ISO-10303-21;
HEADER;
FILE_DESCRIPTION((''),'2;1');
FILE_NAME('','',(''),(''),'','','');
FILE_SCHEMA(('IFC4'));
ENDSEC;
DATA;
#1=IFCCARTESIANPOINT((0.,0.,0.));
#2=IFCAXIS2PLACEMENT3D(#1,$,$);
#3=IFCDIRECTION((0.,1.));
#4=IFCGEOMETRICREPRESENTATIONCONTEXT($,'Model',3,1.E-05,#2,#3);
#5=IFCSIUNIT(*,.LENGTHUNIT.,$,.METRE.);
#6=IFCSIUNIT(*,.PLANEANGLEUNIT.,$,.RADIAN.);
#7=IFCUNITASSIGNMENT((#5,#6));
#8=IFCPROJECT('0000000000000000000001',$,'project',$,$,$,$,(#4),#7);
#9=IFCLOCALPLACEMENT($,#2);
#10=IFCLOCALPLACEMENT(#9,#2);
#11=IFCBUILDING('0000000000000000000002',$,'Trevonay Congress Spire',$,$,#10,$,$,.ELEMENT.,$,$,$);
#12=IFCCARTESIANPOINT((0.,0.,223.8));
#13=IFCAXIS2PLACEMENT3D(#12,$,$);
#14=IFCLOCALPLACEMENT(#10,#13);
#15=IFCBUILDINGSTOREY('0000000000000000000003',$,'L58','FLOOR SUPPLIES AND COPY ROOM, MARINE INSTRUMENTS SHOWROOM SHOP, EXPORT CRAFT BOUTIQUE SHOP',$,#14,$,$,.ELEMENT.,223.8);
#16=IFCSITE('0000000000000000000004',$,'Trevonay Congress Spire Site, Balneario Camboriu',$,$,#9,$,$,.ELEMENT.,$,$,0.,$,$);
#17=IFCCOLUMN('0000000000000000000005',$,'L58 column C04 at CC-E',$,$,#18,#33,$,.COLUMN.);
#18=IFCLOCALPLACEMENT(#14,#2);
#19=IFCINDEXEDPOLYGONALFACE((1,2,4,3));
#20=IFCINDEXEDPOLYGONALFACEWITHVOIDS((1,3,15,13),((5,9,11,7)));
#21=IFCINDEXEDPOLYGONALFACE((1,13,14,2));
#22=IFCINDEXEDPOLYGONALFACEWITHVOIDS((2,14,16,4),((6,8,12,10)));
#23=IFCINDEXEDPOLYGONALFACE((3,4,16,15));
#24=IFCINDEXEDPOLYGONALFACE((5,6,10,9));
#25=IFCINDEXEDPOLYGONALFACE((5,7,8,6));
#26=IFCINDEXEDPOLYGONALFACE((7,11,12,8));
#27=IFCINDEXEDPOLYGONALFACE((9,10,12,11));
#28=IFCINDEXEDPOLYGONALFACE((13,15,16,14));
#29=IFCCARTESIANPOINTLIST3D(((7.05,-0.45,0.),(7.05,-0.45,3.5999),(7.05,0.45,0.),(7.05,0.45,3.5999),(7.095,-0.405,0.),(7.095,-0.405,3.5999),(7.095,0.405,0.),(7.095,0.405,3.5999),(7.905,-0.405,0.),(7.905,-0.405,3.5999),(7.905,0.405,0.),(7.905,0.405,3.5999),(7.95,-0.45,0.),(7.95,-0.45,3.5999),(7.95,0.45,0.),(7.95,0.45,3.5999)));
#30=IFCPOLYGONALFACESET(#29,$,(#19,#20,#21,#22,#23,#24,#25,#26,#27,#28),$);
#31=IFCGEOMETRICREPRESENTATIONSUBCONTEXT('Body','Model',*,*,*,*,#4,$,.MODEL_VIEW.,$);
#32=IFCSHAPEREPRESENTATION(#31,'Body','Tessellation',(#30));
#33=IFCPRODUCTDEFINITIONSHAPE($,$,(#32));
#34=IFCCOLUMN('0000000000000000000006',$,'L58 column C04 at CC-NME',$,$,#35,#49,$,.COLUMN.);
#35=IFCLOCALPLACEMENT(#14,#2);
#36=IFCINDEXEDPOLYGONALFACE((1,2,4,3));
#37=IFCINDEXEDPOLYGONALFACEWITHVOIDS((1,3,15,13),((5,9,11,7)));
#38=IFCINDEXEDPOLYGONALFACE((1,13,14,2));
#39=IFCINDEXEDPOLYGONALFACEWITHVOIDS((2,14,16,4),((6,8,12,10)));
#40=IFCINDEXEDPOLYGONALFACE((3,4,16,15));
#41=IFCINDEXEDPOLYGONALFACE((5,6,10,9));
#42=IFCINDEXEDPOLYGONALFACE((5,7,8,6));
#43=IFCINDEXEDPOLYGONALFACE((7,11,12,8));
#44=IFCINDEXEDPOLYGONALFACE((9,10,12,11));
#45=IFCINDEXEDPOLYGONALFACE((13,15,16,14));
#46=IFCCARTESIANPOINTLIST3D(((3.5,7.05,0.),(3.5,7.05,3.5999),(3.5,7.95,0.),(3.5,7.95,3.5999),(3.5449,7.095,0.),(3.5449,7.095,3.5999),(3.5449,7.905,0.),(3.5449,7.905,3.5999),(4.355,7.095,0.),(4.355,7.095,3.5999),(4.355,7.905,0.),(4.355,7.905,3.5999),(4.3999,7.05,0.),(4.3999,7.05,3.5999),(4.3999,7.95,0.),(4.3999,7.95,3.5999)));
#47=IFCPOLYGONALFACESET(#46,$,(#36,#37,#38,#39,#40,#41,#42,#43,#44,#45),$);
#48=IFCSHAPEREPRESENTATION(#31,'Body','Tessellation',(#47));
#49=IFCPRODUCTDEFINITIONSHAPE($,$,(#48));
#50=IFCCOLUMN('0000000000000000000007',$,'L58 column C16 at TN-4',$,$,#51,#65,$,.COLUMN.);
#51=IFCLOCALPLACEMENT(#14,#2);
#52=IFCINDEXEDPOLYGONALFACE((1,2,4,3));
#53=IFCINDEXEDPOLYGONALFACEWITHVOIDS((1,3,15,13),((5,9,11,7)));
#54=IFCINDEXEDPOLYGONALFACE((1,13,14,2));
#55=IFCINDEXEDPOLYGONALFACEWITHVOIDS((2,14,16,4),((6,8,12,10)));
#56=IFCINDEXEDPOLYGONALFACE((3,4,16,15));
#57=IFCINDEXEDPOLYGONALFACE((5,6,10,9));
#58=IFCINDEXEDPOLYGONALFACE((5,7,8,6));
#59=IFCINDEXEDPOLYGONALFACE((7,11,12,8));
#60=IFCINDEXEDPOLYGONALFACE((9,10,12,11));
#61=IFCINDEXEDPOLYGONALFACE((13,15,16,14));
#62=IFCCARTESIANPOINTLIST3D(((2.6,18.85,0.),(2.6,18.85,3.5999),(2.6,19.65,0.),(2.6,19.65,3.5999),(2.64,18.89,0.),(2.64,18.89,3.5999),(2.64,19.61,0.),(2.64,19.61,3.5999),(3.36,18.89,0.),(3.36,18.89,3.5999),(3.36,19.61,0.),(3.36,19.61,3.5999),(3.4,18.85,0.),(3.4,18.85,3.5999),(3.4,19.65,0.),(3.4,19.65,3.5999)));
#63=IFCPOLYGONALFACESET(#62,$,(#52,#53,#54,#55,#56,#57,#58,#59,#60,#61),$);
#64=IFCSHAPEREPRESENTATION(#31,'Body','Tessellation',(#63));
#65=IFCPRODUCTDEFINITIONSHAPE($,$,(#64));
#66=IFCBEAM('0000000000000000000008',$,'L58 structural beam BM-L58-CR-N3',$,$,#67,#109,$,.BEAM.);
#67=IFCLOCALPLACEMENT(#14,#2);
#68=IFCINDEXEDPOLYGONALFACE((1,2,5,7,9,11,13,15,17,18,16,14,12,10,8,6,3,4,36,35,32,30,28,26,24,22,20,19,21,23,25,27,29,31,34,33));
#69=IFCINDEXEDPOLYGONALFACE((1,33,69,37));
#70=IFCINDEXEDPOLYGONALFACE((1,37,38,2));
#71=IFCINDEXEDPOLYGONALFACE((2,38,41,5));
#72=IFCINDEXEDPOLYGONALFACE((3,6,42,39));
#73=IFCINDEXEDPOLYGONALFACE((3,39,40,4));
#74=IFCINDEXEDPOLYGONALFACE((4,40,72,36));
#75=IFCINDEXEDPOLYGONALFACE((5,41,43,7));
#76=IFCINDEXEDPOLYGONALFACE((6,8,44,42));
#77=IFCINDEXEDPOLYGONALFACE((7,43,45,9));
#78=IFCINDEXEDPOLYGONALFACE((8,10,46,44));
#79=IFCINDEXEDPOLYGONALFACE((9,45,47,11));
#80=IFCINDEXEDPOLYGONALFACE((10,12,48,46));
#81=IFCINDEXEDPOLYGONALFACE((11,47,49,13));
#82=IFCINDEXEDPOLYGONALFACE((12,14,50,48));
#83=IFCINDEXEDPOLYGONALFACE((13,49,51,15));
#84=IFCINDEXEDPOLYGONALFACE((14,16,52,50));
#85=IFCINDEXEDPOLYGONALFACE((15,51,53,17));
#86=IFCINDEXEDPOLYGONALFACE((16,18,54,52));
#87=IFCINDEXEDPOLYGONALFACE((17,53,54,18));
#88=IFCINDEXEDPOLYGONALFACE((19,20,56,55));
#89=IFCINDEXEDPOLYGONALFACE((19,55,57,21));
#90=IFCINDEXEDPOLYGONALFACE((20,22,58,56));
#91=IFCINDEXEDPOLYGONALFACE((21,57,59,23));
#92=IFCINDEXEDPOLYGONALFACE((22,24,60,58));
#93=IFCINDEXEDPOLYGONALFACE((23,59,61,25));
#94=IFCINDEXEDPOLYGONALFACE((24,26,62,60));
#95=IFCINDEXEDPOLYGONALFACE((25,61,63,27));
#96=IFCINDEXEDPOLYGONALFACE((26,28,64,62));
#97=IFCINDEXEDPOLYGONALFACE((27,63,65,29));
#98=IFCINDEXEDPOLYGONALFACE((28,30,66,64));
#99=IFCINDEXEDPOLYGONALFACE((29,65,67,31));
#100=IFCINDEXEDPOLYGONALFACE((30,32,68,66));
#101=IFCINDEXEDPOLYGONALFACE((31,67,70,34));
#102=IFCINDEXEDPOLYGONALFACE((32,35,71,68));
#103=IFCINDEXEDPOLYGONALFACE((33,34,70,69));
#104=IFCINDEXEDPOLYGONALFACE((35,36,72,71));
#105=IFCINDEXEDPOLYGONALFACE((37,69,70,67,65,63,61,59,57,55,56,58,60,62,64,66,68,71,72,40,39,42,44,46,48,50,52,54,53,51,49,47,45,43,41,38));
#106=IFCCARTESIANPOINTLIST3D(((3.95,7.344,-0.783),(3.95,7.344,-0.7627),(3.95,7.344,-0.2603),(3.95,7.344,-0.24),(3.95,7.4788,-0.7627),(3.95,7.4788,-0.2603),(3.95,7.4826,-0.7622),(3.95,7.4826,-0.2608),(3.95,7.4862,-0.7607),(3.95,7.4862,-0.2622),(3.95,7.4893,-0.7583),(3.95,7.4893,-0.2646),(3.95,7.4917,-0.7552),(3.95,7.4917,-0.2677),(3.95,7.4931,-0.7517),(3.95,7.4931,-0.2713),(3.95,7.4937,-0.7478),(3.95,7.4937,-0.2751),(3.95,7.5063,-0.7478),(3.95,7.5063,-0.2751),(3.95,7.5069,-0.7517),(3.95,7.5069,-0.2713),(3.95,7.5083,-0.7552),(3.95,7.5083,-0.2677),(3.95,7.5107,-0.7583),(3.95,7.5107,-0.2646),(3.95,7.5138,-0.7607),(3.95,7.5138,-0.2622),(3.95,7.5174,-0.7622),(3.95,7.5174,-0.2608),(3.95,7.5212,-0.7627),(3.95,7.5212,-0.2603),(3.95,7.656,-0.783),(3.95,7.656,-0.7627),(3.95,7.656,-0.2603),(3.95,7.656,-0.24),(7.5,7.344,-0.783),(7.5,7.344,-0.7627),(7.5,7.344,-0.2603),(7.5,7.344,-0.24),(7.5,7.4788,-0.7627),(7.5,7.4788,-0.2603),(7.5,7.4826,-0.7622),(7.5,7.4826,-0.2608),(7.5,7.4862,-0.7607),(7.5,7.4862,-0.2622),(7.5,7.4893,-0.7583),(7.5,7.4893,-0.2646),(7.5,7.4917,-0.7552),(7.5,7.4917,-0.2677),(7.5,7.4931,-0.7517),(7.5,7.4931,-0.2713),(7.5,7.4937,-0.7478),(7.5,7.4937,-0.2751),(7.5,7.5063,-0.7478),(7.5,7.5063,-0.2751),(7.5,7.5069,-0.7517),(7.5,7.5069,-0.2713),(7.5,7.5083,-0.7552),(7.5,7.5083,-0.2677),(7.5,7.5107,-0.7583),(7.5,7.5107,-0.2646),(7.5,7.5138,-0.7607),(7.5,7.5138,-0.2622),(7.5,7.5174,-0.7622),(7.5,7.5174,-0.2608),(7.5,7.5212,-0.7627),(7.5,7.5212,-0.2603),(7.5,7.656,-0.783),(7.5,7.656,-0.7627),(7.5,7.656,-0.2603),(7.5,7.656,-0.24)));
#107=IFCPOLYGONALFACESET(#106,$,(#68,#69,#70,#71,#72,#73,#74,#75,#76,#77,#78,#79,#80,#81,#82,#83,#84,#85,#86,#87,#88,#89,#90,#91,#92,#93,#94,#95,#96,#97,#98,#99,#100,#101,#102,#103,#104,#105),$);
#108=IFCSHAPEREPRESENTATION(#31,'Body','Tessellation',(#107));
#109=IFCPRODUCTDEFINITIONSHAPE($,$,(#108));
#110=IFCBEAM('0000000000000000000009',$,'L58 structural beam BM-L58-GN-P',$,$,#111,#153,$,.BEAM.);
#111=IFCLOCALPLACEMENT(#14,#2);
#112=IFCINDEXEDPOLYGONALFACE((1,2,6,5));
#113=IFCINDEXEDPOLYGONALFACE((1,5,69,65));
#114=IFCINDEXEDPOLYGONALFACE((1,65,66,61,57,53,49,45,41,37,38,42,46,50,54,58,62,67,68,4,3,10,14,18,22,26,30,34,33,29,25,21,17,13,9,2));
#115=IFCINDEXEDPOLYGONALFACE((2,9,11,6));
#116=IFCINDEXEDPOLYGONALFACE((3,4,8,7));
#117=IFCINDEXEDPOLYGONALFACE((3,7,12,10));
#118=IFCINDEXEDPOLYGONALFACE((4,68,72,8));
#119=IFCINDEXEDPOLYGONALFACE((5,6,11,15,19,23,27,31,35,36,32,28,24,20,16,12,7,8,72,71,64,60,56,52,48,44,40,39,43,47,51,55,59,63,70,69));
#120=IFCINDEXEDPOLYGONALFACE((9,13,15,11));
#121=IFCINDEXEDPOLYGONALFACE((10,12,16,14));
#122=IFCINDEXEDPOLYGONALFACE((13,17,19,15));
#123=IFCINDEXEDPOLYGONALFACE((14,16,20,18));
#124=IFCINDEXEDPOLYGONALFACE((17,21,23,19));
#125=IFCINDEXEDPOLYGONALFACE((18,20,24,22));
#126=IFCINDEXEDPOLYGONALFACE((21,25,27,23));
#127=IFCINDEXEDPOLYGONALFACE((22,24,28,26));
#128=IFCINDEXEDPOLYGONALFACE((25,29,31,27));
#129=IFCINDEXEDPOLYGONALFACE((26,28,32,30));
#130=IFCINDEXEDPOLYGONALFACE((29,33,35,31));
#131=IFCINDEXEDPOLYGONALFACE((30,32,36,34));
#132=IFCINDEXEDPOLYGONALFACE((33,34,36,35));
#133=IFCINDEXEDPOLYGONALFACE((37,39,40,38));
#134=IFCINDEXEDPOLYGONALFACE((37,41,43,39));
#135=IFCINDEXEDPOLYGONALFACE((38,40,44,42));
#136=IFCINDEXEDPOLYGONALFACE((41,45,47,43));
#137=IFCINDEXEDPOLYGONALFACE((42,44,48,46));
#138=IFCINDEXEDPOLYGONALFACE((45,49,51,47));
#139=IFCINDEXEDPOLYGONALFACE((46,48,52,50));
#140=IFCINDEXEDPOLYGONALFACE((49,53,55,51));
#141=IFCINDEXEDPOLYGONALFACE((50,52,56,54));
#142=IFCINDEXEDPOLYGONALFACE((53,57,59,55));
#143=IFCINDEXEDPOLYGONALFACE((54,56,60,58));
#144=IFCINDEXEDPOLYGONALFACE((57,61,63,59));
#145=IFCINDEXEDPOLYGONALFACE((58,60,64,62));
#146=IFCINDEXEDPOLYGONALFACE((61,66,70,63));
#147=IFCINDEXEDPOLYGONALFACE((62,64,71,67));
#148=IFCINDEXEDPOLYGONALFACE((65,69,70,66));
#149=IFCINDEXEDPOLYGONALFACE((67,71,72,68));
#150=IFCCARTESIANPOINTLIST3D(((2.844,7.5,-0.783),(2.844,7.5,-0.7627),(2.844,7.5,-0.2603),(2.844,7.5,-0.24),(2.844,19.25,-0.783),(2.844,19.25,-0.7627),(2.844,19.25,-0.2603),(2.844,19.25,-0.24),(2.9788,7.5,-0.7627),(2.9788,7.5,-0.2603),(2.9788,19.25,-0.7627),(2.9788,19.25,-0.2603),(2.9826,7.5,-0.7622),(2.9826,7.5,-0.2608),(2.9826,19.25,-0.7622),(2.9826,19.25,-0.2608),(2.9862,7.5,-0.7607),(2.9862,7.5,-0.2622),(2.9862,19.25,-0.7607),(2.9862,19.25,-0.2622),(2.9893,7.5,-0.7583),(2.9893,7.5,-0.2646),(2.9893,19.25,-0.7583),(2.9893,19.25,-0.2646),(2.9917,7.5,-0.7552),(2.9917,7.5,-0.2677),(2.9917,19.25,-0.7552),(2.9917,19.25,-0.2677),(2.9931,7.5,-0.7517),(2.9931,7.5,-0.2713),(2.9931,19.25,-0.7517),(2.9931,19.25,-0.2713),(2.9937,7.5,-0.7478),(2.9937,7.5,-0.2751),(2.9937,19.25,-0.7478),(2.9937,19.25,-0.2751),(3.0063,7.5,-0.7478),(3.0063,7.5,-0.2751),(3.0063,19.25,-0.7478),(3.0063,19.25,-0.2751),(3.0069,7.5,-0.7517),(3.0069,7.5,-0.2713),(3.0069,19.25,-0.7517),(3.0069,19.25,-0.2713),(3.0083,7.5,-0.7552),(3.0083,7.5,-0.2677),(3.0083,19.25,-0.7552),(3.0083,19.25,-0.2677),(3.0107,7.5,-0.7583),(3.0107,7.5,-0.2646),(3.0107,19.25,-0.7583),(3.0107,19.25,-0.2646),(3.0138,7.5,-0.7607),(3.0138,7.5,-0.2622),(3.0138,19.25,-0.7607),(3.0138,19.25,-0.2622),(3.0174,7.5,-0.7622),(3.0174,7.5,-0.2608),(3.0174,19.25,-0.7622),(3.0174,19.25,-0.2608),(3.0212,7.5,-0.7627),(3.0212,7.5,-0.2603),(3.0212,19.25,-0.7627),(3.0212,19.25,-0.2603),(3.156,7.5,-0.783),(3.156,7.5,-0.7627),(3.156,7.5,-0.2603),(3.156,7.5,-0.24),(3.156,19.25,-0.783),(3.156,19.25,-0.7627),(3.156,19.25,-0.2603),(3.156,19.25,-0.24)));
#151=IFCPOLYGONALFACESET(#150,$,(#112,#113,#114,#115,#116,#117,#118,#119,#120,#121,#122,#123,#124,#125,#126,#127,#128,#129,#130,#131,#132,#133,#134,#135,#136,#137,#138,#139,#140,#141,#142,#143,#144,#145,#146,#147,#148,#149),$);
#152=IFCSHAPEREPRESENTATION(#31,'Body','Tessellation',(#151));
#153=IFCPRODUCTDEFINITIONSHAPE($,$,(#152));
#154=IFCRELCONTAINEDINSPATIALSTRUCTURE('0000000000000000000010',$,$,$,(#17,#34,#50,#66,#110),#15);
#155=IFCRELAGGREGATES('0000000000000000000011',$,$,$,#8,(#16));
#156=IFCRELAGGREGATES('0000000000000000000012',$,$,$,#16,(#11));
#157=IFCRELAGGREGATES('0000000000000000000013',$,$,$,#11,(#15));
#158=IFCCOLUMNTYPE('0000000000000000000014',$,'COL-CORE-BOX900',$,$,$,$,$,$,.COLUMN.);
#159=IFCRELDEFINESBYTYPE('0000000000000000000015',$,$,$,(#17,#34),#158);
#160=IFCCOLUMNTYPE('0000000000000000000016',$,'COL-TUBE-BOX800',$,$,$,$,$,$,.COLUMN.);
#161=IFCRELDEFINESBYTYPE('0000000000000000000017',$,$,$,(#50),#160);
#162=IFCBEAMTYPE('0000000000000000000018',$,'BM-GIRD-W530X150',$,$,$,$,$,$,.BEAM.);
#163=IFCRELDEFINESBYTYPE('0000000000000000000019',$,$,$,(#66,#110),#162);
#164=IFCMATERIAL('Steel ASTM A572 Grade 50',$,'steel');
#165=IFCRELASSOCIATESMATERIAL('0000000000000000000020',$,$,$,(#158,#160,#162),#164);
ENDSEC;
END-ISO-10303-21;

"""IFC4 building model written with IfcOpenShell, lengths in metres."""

from ifc_helpers import new_model, si_unit, direction, frame, origin, origin_2d, place, context, subcontext, project, spatial, hollow_rectangle, i_section, extrude, material, material_profile, profile_set, type_object, element, save


model = new_model("IFC4")

# Units and contexts
model_context = context("Model", 3, precision=1e-05, world=origin(), true_north=direction((0.0, 1.0)))
body_context = subcontext(model_context, "Body", "Model", "MODEL_VIEW")
ifc_project = project(units=[si_unit("LENGTHUNIT", "METRE"), si_unit("PLANEANGLEUNIT", "RADIAN")], contexts=[model_context])

# Site, building, storey
site_placement = place(None, origin())
site = spatial("IfcSite", under=ifc_project, at=site_placement, Name="Trevonay Congress Spire Site, Balneario Camboriu", CompositionType="ELEMENT", RefElevation=0.0)
building_placement = place(site_placement, origin())
building = spatial("IfcBuilding", under=site, at=building_placement, Name="Trevonay Congress Spire", CompositionType="ELEMENT")
storey_placement = place(building_placement, frame((0.0, 0.0, 223.8)))
storey = spatial("IfcBuildingStorey", under=building, at=storey_placement, Name="L58", Description="FLOOR SUPPLIES AND COPY ROOM, MARINE INSTRUMENTS SHOWROOM SHOP, EXPORT CRAFT BOUTIQUE SHOP", CompositionType="ELEMENT", Elevation=223.8)

# Columns
ifc_material_1 = material(Name="Steel ASTM A572 Grade 50", Category="steel")
ifc_material_profile_1 = material_profile(ifc_material_1, hollow_rectangle(XDim=0.8999, YDim=0.8999, WallThickness=0.0449, at=origin_2d()), Name="BOX 900x900x45")
ifc_profile_set_1 = profile_set([ifc_material_profile_1], Name="Steel ASTM A572 Grade 50")
column_type_1 = type_object("IfcColumnType", Name="COL-CORE-BOX900", PredefinedType="COLUMN", material=ifc_profile_set_1)
for number, where, z_axis, x_axis, name in (
    (1, (7.5, 0.0, 0.0), (0.0, 0.0, 1.0), (1.0, 0.0, 0.0), "L58 column C04 at CC-E"),
    (2, (3.95, 7.5, 0.0), (0.0, 0.0, 1.0), (1.0, 0.0, 0.0), "L58 column C04 at CC-NME"),
):
    element("IfcColumn", number, at=place(storey_placement, frame(where, z_axis=z_axis, x_axis=x_axis)), inside=storey, type_object=column_type_1, Name=name, PredefinedType="COLUMN", context=body_context, shape_type="SweptSolid", body=[
        extrude(hollow_rectangle(XDim=0.8999, YDim=0.8999, WallThickness=0.0449, at=origin_2d()), origin(), (0.0, 0.0, 1.0), 3.5999),
    ])
ifc_material_profile_2 = material_profile(ifc_material_1, hollow_rectangle(XDim=0.8, YDim=0.8, WallThickness=0.04, at=origin_2d()), Name="BOX 800x800x40")
ifc_profile_set_2 = profile_set([ifc_material_profile_2], Name="Steel ASTM A572 Grade 50")
column_type_2 = type_object("IfcColumnType", Name="COL-TUBE-BOX800", PredefinedType="COLUMN", material=ifc_profile_set_2)
column_placement = place(storey_placement, frame((3.0, 19.25, 0.0), z_axis=(0.0, 0.0, 1.0), x_axis=(1.0, 0.0, 0.0)))
element("IfcColumn", 3, at=column_placement, inside=storey, type_object=column_type_2, Name="L58 column C16 at TN-4", PredefinedType="COLUMN", context=body_context, shape_type="SweptSolid", body=[
    extrude(hollow_rectangle(XDim=0.8, YDim=0.8, WallThickness=0.04, at=origin_2d()), origin(), (0.0, 0.0, 1.0), 3.5999),
])

# Beams
ifc_material_profile_3 = material_profile(ifc_material_1, i_section(OverallWidth=0.312, OverallDepth=0.543, WebThickness=0.0127, FlangeThickness=0.0203, FilletRadius=0.0149, at=origin_2d()), Name="W530x150")
ifc_profile_set_3 = profile_set([ifc_material_profile_3], Name="Steel ASTM A572 Grade 50")
beam_type_1 = type_object("IfcBeamType", Name="BM-GIRD-W530X150", PredefinedType="BEAM", material=ifc_profile_set_3)
beam_1_placement = place(storey_placement, frame((3.95, 7.5, -0.5115), z_axis=(1.0, 0.0, 0.0), x_axis=(0.0, 1.0, 0.0)))
element("IfcBeam", 4, at=beam_1_placement, inside=storey, type_object=beam_type_1, Name="L58 structural beam BM-L58-CR-N3", PredefinedType="BEAM", context=body_context, shape_type="SweptSolid", body=[
    extrude(i_section(OverallWidth=0.312, OverallDepth=0.543, WebThickness=0.0127, FlangeThickness=0.0203, FilletRadius=0.0149, at=origin_2d()), origin(), (0.0, 0.0, 1.0), 3.55),
])
beam_2_placement = place(storey_placement, frame((3.0, 7.5, -0.5115), z_axis=(0.0, 1.0, 0.0), x_axis=(-1.0, 0.0, 0.0)))
element("IfcBeam", 5, at=beam_2_placement, inside=storey, type_object=beam_type_1, Name="L58 structural beam BM-L58-GN-P", PredefinedType="BEAM", context=body_context, shape_type="SweptSolid", body=[
    extrude(i_section(OverallWidth=0.312, OverallDepth=0.543, WebThickness=0.0127, FlangeThickness=0.0203, FilletRadius=0.0149, at=origin_2d()), origin(), (0.0, 0.0, 1.0), 11.75),
])

save(model, "model.ifc")
